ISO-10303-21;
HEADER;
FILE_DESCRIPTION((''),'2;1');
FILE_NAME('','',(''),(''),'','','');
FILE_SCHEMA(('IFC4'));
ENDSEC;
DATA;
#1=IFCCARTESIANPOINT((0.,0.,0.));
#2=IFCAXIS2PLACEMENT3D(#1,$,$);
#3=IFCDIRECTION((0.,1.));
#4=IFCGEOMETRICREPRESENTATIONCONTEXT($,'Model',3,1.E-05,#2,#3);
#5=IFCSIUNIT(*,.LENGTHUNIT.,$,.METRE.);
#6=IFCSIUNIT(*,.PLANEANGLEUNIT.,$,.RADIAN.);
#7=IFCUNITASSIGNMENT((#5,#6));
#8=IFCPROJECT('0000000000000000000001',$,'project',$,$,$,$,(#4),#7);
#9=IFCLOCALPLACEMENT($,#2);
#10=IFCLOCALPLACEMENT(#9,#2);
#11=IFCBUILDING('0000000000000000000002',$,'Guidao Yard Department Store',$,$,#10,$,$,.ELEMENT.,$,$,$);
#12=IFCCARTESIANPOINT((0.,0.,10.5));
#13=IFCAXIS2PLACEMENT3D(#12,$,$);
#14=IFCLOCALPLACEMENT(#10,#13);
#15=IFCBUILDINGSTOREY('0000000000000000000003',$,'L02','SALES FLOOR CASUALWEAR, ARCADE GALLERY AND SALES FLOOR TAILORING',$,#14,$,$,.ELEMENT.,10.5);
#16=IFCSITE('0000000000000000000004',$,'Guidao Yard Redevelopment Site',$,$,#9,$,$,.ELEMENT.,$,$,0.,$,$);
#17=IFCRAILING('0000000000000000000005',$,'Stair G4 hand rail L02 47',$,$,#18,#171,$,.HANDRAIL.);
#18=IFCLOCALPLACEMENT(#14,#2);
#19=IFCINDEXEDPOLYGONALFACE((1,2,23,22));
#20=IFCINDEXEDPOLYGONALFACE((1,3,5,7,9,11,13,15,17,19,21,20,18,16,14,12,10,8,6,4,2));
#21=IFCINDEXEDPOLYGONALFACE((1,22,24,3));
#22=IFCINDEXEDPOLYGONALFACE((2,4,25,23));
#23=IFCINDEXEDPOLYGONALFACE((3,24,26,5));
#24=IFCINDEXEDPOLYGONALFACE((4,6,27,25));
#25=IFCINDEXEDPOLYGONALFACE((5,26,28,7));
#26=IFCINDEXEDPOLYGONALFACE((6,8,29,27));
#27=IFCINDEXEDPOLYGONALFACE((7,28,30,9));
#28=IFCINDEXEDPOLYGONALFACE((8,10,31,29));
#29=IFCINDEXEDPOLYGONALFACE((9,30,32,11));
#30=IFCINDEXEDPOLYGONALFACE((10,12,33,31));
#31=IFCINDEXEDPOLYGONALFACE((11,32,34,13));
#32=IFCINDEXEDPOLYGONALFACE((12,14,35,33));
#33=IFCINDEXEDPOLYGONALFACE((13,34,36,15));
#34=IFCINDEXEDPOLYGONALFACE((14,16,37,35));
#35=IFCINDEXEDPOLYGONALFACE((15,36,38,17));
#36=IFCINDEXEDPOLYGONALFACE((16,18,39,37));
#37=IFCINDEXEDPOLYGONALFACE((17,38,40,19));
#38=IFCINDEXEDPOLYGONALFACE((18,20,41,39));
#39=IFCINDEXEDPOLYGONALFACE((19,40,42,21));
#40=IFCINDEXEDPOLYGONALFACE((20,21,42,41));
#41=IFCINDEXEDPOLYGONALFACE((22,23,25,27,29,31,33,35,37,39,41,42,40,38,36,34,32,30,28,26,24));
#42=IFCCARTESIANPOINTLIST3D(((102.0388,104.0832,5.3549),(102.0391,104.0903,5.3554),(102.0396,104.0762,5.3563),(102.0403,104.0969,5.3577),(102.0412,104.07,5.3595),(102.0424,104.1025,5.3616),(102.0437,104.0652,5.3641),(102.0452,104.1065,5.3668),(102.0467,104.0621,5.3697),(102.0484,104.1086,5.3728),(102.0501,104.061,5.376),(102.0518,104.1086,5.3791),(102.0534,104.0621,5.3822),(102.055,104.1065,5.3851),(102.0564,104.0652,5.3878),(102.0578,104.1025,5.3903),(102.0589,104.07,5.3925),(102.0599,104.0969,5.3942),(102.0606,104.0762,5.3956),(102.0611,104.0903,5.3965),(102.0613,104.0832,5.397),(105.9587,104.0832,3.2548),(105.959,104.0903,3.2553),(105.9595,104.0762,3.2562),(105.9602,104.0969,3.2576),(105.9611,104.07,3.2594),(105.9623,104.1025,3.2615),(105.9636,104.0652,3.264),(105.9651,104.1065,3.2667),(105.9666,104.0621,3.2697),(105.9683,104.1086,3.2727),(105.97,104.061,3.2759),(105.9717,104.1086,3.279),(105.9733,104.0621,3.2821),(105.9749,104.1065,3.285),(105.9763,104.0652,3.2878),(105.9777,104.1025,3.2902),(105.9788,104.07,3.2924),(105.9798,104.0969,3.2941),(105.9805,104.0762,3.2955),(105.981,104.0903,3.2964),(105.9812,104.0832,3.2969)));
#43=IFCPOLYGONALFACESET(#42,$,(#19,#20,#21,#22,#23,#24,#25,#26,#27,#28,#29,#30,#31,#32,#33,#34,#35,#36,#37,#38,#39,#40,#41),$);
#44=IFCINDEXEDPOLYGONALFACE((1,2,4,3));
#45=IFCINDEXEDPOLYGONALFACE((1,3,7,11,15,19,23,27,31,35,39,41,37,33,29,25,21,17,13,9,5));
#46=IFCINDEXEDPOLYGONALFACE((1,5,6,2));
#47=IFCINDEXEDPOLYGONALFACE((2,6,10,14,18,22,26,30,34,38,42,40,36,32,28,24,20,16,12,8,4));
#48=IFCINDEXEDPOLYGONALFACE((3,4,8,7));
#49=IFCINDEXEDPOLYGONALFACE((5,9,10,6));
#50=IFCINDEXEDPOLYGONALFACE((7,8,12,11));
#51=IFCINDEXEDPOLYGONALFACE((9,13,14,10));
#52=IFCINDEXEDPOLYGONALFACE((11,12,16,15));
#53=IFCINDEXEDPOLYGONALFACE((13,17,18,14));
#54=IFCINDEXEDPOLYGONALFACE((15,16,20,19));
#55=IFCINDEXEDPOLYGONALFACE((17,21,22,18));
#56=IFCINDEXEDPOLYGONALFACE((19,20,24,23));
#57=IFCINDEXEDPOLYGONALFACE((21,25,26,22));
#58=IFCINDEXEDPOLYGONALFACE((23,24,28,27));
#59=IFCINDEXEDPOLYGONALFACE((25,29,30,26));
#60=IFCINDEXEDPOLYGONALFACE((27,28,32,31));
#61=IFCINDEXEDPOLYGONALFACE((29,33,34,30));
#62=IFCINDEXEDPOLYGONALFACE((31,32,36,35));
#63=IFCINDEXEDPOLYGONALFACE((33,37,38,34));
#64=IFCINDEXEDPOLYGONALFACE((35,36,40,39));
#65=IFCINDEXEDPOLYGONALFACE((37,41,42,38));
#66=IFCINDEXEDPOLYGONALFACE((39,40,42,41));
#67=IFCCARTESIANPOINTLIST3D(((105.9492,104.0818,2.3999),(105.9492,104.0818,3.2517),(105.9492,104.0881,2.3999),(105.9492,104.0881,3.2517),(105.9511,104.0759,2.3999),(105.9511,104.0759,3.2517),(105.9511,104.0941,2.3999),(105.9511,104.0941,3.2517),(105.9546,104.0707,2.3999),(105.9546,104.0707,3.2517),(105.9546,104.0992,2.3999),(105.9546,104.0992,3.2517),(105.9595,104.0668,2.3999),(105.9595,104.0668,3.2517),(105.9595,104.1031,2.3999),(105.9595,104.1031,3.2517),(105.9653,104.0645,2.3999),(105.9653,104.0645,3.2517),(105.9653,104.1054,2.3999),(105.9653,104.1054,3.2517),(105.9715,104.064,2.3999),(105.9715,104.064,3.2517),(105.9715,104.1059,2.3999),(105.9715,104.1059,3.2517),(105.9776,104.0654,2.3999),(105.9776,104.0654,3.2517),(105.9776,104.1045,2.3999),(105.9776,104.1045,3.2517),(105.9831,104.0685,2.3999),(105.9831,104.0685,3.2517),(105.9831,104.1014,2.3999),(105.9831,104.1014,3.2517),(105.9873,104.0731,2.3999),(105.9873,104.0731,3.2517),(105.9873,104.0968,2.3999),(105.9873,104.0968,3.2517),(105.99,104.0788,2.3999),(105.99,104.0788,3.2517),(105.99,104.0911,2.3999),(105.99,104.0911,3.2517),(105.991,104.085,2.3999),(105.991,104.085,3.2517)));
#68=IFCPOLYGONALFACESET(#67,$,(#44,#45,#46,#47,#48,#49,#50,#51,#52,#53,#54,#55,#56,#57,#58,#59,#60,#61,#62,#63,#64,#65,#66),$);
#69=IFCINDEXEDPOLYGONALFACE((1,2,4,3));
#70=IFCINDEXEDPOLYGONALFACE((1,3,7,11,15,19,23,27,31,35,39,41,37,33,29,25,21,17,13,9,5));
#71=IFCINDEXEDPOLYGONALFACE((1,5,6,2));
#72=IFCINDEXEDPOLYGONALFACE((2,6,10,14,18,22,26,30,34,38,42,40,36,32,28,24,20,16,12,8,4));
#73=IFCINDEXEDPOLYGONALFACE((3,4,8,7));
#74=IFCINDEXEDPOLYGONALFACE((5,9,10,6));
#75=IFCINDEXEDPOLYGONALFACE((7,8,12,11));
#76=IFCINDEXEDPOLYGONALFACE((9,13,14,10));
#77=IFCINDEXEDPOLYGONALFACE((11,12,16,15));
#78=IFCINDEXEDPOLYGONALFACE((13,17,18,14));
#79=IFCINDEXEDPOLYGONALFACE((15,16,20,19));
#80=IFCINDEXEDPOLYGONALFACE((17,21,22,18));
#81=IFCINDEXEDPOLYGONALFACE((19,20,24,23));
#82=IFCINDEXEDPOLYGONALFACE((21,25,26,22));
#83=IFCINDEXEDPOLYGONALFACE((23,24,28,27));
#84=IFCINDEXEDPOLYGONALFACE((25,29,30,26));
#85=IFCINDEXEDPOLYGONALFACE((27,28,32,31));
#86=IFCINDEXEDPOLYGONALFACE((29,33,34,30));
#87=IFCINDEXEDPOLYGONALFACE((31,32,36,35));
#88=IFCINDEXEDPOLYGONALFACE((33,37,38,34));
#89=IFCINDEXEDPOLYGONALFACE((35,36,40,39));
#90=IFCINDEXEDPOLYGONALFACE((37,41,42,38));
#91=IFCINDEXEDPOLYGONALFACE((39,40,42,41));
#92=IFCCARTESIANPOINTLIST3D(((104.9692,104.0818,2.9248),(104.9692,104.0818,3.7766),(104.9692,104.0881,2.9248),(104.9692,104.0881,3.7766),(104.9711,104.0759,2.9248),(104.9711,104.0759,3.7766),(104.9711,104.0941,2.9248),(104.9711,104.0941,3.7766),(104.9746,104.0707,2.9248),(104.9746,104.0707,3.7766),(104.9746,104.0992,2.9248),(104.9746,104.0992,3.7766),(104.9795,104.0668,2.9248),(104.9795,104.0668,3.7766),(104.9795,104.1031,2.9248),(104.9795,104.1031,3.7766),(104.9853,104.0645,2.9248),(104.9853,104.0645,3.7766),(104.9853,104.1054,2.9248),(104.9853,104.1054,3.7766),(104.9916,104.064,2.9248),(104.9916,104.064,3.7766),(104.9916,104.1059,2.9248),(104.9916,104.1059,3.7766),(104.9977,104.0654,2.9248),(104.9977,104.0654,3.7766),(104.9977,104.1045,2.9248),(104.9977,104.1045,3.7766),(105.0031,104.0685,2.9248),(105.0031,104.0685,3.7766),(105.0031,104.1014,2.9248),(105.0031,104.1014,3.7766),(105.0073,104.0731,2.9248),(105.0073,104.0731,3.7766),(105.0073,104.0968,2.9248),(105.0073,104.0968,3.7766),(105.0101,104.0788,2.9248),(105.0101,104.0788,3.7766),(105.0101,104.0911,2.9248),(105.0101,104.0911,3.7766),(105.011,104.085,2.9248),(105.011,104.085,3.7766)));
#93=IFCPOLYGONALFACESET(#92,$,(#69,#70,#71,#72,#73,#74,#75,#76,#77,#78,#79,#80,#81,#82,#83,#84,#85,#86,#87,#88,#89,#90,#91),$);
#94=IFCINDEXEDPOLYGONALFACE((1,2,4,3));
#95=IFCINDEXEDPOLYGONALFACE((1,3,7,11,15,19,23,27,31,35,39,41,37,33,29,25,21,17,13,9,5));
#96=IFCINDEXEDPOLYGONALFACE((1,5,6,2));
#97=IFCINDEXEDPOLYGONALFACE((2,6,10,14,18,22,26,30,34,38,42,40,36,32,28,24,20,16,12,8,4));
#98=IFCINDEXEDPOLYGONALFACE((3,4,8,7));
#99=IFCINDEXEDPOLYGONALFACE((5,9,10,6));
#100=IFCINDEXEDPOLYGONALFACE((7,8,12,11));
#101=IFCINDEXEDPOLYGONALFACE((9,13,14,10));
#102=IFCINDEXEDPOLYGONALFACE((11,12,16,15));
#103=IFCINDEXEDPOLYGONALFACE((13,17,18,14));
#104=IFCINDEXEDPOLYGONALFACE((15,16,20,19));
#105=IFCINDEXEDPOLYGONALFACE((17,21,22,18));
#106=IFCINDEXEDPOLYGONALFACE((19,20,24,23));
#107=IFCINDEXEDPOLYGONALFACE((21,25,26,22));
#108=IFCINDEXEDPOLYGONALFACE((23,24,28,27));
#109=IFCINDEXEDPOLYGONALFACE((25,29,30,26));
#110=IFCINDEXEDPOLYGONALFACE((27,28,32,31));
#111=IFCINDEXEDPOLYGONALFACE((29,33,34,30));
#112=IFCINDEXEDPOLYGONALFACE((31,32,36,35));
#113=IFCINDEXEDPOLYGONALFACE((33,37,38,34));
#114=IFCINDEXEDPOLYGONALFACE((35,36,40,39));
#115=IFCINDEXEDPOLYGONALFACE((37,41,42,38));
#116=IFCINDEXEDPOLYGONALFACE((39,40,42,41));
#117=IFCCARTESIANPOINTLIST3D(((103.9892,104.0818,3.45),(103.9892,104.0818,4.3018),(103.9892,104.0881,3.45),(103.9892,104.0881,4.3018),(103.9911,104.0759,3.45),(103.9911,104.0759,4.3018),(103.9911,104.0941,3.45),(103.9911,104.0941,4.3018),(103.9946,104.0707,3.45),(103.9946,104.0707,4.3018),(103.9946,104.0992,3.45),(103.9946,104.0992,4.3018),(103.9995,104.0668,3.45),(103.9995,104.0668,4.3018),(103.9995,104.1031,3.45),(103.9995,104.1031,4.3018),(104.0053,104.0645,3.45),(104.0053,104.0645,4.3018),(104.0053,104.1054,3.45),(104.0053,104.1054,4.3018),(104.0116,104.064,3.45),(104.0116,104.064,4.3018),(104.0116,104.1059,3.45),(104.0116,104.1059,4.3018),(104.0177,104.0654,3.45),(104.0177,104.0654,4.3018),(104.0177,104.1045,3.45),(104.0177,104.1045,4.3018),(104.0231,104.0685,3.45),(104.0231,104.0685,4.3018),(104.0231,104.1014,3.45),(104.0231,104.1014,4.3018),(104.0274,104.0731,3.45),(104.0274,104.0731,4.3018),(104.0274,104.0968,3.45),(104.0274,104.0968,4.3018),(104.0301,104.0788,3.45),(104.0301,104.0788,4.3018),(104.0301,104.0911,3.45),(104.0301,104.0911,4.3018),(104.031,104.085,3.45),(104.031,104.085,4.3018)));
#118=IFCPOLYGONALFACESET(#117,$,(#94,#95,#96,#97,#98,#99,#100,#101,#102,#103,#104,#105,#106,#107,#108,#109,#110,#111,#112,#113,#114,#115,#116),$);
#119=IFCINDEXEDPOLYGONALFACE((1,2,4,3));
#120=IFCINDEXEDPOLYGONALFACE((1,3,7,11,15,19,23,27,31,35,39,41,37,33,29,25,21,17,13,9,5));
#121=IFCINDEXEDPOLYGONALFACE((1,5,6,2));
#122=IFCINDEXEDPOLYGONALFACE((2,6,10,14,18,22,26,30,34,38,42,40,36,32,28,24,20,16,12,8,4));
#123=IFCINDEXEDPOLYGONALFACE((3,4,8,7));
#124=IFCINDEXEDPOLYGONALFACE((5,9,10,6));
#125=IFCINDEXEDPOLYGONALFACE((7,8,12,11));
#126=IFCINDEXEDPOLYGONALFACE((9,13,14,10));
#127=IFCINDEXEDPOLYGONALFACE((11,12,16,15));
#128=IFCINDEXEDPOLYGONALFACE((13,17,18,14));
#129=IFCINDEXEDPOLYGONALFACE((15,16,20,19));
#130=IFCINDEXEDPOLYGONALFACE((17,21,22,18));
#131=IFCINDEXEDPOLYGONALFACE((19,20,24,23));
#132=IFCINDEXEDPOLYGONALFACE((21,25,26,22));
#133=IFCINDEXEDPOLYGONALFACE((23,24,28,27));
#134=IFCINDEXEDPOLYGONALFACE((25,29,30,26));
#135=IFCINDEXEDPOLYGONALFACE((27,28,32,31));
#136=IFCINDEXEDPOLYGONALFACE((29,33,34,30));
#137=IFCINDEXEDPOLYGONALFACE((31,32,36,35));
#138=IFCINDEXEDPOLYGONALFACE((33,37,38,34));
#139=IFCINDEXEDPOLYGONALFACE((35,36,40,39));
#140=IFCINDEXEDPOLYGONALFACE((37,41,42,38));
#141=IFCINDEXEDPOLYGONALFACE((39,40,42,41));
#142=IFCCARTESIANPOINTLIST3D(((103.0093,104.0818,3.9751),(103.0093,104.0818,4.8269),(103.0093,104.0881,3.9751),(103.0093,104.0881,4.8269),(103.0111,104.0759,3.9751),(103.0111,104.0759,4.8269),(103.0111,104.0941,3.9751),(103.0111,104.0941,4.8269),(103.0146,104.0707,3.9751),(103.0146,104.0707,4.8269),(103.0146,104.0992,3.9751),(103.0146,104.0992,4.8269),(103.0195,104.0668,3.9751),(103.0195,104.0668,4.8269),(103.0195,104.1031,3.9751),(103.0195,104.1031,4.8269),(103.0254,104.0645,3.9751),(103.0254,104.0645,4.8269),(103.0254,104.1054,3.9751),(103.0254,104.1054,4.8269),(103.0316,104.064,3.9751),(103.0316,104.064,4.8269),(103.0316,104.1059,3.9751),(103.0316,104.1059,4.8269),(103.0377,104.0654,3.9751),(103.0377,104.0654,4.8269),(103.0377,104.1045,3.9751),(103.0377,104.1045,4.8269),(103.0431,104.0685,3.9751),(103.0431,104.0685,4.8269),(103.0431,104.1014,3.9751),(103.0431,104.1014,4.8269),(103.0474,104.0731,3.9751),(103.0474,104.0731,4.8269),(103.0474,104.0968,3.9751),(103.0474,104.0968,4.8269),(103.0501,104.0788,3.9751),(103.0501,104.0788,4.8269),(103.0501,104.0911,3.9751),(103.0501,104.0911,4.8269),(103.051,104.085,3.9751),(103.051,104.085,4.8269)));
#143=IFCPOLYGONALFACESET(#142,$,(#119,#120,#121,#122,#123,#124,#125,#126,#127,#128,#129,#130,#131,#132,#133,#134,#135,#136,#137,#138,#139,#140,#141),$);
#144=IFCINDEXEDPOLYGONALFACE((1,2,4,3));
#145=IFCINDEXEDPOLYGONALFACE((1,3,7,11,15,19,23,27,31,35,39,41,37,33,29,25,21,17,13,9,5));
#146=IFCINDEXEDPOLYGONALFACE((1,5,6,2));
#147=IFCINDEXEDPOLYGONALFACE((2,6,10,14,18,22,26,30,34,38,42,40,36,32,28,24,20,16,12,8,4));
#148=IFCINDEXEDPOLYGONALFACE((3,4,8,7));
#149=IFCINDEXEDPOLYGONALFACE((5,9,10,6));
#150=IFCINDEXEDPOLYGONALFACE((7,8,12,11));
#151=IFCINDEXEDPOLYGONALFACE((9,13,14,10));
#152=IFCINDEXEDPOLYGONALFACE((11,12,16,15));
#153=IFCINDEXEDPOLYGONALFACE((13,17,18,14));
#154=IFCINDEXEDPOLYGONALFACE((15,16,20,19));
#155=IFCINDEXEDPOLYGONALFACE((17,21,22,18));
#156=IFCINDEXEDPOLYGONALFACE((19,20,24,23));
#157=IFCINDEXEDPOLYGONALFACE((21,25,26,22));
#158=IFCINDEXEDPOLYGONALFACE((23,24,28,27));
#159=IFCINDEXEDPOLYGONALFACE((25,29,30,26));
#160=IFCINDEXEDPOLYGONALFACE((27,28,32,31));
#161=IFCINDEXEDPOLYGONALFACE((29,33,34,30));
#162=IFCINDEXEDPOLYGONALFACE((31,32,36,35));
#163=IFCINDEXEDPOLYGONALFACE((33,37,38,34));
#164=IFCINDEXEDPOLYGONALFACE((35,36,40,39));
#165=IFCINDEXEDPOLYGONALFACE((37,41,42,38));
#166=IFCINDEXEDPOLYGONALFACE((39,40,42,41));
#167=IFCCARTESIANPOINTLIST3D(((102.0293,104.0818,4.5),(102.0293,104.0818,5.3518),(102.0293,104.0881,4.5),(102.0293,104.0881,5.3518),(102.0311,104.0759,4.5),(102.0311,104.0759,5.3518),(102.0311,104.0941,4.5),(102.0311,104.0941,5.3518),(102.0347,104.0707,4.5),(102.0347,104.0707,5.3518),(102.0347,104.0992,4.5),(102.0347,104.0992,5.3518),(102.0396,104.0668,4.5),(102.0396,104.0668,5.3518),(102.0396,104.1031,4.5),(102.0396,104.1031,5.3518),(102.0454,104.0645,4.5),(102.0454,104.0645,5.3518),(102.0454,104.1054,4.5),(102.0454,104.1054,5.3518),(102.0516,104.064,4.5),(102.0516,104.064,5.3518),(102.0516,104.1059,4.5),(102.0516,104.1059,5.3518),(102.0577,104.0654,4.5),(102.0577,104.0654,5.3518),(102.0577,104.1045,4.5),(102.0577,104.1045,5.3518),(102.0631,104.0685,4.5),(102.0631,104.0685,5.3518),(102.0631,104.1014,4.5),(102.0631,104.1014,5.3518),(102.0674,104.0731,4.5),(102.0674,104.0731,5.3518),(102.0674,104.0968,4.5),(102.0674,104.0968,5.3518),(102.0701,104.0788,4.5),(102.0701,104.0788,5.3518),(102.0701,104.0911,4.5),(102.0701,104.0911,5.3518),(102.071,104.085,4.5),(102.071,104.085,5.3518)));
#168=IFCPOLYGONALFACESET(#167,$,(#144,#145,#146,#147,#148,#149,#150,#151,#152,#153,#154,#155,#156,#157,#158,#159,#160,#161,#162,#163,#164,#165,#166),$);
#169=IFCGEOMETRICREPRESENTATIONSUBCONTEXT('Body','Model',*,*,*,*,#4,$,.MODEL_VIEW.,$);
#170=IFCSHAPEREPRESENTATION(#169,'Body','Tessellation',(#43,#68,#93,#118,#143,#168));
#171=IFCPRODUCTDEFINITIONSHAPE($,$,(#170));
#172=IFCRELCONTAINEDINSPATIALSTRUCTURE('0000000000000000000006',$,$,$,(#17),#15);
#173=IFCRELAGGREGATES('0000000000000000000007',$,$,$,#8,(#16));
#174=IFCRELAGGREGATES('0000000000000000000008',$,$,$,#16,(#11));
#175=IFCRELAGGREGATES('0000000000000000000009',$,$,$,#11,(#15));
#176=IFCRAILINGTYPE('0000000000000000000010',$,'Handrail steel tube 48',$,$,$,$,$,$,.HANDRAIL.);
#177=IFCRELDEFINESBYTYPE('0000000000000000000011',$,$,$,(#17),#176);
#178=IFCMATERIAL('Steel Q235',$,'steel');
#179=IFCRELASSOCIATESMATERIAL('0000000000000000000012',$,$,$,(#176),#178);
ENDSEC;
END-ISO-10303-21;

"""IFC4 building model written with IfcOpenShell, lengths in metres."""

from ifc_helpers import new_model, si_unit, direction, frame, origin, origin_2d, place, context, subcontext, project, spatial, circle, extrude, material, type_object, element, save


model = new_model("IFC4")

# Units and contexts
model_context = context("Model", 3, precision=1e-05, world=origin(), true_north=direction((0.0, 1.0)))
body_context = subcontext(model_context, "Body", "Model", "MODEL_VIEW")
ifc_project = project(units=[si_unit("LENGTHUNIT", "METRE"), si_unit("PLANEANGLEUNIT", "RADIAN")], contexts=[model_context])

# Site, building, storey
site_placement = place(None, origin())
site = spatial("IfcSite", under=ifc_project, at=site_placement, Name="Guidao Yard Redevelopment Site", CompositionType="ELEMENT", RefElevation=0.0)
building_placement = place(site_placement, origin())
building = spatial("IfcBuilding", under=site, at=building_placement, Name="Guidao Yard Department Store", CompositionType="ELEMENT")
storey_placement = place(building_placement, frame((0.0, 0.0, 10.5)))
storey = spatial("IfcBuildingStorey", under=building, at=storey_placement, Name="L02", Description="SALES FLOOR CASUALWEAR, ARCADE GALLERY AND SALES FLOOR TAILORING", CompositionType="ELEMENT", Elevation=10.5)

# Railing
ifc_material_1 = material(Name="Steel Q235", Category="steel")
railing_type_1 = type_object("IfcRailingType", Name="Handrail steel tube 48", PredefinedType="HANDRAIL", material=ifc_material_1)
for number, where, name in (
    (1, (105.97, 104.085, 2.3999), "Stair G4 hand rail L02 47"),
):
    element("IfcRailing", number, at=place(storey_placement, frame(where)), inside=storey, type_object=railing_type_1, Name=name, PredefinedType="HANDRAIL", context=body_context, shape_type="SweptSolid", body=[
        extrude(circle(Radius=0.0239, at=origin_2d()), frame((0.0, 0.0, 0.876), z_axis=(-0.881467, 0.0, 0.472246), x_axis=(0.0, -1.0, 0.0)), (0.0, 0.0, 1.0), 4.447),
        extrude(circle(Radius=0.021, at=origin_2d()), origin(), (0.0, 0.0, 1.0), 0.8518),
        extrude(circle(Radius=0.021, at=origin_2d()), frame((-0.98, 0.0, 0.5249)), (0.0, 0.0, 1.0), 0.8518),
        extrude(circle(Radius=0.021, at=origin_2d()), frame((-1.96, 0.0, 1.05)), (0.0, 0.0, 1.0), 0.8518),
        extrude(circle(Radius=0.021, at=origin_2d()), frame((-2.9399, 0.0, 1.5752)), (0.0, 0.0, 1.0), 0.8518),
        extrude(circle(Radius=0.021, at=origin_2d()), frame((-3.9199, 0.0, 2.1001)), (0.0, 0.0, 1.0), 0.8518),
    ])

save(model, "model.ifc")
